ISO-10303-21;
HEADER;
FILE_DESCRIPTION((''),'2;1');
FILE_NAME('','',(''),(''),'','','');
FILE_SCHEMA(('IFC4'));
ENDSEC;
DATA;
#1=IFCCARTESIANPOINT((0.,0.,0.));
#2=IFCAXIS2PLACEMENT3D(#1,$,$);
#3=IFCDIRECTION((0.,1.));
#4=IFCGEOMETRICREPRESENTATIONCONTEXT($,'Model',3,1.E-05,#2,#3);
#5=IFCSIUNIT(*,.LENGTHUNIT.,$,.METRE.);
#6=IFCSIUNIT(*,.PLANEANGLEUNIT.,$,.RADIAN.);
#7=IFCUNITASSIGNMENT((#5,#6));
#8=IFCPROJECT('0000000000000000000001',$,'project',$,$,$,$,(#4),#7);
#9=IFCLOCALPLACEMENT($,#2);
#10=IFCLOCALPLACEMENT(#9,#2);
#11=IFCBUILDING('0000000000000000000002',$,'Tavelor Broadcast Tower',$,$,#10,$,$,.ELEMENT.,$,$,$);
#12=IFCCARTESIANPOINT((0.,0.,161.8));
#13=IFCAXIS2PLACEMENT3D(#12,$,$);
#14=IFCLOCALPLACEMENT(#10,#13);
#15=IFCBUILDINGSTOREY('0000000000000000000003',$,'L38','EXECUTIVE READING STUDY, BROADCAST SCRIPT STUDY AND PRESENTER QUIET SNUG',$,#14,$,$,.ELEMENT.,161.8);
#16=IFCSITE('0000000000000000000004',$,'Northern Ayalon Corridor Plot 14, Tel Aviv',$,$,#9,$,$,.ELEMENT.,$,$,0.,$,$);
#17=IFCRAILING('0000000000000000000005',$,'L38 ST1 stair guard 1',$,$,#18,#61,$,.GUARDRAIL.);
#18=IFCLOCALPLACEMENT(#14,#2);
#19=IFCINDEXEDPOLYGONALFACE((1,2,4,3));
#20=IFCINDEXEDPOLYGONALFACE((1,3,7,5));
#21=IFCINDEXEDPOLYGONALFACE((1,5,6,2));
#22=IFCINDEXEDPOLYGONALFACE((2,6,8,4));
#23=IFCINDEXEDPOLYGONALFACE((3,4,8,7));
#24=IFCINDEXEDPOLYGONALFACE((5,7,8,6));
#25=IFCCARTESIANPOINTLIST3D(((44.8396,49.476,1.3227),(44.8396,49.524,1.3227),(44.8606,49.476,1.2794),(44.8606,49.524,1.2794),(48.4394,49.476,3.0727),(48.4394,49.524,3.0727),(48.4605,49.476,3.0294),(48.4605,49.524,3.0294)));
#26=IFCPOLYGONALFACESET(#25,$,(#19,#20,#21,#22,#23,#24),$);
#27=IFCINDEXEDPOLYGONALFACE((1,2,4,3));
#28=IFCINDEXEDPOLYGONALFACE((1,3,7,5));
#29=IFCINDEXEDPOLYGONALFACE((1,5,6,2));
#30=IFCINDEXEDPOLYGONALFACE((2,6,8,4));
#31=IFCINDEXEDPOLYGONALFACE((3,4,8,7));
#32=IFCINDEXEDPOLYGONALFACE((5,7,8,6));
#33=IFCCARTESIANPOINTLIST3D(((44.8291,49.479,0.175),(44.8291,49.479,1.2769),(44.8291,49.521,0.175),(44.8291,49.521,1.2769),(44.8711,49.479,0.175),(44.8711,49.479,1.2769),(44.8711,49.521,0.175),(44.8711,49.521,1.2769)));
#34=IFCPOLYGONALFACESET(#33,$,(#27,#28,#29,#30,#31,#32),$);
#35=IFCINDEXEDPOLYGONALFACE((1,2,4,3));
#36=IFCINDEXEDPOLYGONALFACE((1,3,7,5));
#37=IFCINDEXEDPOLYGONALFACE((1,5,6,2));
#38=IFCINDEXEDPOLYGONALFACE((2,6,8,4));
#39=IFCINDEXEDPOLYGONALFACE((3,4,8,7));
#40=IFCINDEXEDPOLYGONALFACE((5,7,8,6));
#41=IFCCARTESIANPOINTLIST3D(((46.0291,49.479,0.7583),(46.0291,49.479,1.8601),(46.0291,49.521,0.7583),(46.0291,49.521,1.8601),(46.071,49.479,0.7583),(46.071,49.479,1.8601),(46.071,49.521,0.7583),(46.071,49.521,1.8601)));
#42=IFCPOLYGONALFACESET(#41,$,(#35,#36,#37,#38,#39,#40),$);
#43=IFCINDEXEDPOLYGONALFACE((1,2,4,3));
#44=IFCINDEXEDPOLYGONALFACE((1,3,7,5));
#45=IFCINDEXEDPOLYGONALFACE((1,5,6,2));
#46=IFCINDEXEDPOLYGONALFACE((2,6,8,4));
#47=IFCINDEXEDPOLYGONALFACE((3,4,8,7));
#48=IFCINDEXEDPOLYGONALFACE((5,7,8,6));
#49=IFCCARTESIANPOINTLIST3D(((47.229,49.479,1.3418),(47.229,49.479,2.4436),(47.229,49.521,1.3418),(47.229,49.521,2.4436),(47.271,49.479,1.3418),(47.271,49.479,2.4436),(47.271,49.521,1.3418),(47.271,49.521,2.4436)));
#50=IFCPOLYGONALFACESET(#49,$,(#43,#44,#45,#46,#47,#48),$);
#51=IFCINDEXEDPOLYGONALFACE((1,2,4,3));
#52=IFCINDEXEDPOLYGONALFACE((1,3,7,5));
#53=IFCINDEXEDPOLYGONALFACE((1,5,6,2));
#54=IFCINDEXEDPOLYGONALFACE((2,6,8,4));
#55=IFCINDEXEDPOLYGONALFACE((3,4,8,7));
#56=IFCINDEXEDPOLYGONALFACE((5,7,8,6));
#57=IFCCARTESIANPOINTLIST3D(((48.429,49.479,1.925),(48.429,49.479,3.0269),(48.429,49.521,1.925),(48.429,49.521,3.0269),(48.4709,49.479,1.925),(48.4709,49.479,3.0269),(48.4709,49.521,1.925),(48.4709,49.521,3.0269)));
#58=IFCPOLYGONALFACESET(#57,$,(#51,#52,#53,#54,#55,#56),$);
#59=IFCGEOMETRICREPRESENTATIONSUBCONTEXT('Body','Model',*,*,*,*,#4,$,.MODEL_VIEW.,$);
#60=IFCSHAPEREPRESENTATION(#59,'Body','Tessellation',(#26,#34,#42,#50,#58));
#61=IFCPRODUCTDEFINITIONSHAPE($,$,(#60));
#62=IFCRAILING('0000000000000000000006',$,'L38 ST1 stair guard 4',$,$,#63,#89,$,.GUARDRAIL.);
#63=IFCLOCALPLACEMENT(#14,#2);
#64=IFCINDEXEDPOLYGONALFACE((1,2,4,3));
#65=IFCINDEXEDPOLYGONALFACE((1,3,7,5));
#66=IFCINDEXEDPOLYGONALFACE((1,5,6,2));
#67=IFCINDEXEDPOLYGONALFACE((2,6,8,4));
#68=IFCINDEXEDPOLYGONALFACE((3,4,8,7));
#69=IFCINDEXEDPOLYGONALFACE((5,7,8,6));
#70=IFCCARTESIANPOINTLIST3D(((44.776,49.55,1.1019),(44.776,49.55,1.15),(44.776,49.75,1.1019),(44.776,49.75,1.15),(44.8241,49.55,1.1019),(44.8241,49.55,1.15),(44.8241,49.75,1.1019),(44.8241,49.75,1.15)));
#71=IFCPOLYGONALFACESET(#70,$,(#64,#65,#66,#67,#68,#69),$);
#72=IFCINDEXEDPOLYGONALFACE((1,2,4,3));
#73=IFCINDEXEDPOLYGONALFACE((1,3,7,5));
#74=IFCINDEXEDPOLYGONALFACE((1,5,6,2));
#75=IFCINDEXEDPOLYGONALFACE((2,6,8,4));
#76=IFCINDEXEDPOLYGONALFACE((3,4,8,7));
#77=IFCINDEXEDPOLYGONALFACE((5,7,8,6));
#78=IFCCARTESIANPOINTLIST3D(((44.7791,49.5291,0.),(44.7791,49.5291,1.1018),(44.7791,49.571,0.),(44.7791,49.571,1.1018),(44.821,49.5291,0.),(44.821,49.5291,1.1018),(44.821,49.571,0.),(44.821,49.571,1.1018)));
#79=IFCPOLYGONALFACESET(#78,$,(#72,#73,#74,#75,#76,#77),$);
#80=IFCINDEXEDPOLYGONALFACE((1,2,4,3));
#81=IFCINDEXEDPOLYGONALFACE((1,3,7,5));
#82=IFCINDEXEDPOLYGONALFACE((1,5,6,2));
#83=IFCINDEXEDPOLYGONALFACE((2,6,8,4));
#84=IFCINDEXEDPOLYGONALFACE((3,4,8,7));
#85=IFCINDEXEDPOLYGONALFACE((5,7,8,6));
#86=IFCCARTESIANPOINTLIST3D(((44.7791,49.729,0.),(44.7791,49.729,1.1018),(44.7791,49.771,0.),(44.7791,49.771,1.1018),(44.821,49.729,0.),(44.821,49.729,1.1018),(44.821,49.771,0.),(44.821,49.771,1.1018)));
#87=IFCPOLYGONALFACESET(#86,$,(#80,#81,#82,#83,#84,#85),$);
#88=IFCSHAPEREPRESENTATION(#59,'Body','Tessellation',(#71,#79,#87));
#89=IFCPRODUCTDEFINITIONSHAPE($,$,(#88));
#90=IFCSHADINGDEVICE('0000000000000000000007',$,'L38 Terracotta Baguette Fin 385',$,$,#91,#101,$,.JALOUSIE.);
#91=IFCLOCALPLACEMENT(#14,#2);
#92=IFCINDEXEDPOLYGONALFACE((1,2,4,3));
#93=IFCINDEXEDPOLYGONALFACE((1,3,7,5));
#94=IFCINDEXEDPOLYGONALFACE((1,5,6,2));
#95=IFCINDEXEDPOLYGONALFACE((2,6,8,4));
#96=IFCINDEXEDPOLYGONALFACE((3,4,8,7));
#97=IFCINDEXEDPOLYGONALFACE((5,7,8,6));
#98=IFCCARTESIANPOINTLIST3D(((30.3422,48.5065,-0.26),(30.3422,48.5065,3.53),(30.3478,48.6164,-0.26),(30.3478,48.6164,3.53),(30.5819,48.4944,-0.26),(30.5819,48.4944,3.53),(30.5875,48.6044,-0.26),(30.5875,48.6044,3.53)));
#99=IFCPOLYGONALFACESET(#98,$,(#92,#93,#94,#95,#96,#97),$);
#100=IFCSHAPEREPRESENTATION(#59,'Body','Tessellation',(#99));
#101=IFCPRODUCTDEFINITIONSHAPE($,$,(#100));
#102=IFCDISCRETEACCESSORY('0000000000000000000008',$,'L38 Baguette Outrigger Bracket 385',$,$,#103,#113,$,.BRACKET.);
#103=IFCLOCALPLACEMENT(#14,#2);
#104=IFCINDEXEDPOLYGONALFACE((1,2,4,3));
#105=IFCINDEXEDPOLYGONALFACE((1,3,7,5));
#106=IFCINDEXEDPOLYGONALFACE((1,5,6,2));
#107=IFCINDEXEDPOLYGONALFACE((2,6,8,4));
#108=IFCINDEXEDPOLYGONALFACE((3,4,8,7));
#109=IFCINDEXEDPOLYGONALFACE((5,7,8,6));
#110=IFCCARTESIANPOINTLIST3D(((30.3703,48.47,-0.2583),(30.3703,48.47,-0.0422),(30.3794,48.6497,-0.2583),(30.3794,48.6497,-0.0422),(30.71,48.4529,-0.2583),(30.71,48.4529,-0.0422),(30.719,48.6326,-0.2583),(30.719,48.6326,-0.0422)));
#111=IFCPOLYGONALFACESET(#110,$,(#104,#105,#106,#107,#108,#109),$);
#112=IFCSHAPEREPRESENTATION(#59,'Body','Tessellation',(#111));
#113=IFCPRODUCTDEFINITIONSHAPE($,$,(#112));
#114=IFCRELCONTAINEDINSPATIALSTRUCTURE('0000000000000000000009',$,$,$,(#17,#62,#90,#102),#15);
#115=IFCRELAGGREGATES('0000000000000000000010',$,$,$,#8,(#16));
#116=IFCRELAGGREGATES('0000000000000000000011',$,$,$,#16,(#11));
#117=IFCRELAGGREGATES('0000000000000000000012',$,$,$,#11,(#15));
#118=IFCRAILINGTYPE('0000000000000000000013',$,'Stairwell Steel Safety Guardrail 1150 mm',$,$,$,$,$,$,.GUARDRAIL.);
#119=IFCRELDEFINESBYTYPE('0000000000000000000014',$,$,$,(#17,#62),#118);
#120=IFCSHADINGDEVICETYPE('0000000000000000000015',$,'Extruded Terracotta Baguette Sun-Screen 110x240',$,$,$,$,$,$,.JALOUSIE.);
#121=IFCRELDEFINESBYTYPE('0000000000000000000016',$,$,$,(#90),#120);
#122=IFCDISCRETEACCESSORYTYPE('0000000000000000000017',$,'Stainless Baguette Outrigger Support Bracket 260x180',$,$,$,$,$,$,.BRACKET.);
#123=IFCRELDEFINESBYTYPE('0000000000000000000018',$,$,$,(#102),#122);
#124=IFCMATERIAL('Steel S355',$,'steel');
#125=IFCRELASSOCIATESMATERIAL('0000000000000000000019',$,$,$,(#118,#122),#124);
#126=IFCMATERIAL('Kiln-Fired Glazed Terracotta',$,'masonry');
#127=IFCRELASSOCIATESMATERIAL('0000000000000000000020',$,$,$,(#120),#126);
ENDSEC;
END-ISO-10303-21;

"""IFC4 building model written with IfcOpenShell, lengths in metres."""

from ifc_helpers import new_model, si_unit, direction, frame, origin, origin_2d, place, context, subcontext, project, spatial, rectangle, extrude, source, transform, mapped, material, type_object, type_shapes, element, save


model = new_model("IFC4")

# Units and contexts
model_context = context("Model", 3, precision=1e-05, world=origin(), true_north=direction((0.0, 1.0)))
body_context = subcontext(model_context, "Body", "Model", "MODEL_VIEW")
ifc_project = project(units=[si_unit("LENGTHUNIT", "METRE"), si_unit("PLANEANGLEUNIT", "RADIAN")], contexts=[model_context])

# Site, building, storey
site_placement = place(None, origin())
site = spatial("IfcSite", under=ifc_project, at=site_placement, Name="Northern Ayalon Corridor Plot 14, Tel Aviv", CompositionType="ELEMENT", RefElevation=0.0)
building_placement = place(site_placement, origin())
building = spatial("IfcBuilding", under=site, at=building_placement, Name="Tavelor Broadcast Tower", CompositionType="ELEMENT")
storey_placement = place(building_placement, frame((0.0, 0.0, 161.8)))
storey = spatial("IfcBuildingStorey", under=building, at=storey_placement, Name="L38", Description="EXECUTIVE READING STUDY, BROADCAST SCRIPT STUDY AND PRESENTER QUIET SNUG", CompositionType="ELEMENT", Elevation=161.8)

# Shared definitions
ifc_material_1 = material(Name="Steel S355", Category="steel")

# Railings
railing_type_1 = type_object("IfcRailingType", Name="Stairwell Steel Safety Guardrail 1150 mm", PredefinedType="GUARDRAIL", material=ifc_material_1)
railing_1_placement = place(storey_placement, frame((44.8501, 49.5, 0.175)))
element("IfcRailing", 1, at=railing_1_placement, inside=storey, type_object=railing_type_1, Name="L38 ST1 stair guard 1", PredefinedType="GUARDRAIL", context=body_context, shape_type="SweptSolid", body=[
    extrude(rectangle(XDim=0.0481, YDim=0.0481, at=origin_2d()), frame((0.0, 0.0, 1.126), z_axis=(0.899361, 0.0, 0.437207), x_axis=(0.0, 1.0, 0.0)), (0.0, 0.0, 1.0), 4.0027),
    extrude(rectangle(XDim=0.042, YDim=0.042, at=origin_2d()), origin(), (0.0, 0.0, 1.0), 1.1018),
    extrude(rectangle(XDim=0.042, YDim=0.042, at=origin_2d()), frame((1.2, 0.0, 0.5833)), (0.0, 0.0, 1.0), 1.1018),
    extrude(rectangle(XDim=0.042, YDim=0.042, at=origin_2d()), frame((2.3999, 0.0, 1.1667)), (0.0, 0.0, 1.0), 1.1018),
    extrude(rectangle(XDim=0.042, YDim=0.042, at=origin_2d()), frame((3.5999, 0.0, 1.75)), (0.0, 0.0, 1.0), 1.1018),
])
railing_2_placement = place(storey_placement, frame((44.8, 49.55, 0.0)))
element("IfcRailing", 2, at=railing_2_placement, inside=storey, type_object=railing_type_1, Name="L38 ST1 stair guard 4", PredefinedType="GUARDRAIL", context=body_context, shape_type="SweptSolid", body=[
    extrude(rectangle(XDim=0.0481, YDim=0.0481, at=origin_2d()), frame((0.0, 0.0, 1.126), z_axis=(0.0, 1.0, 0.0), x_axis=(-1.0, 0.0, 0.0)), (0.0, 0.0, 1.0), 0.2),
    extrude(rectangle(XDim=0.042, YDim=0.042, at=origin_2d()), origin(), (0.0, 0.0, 1.0), 1.1018),
    extrude(rectangle(XDim=0.042, YDim=0.042, at=origin_2d()), frame((0.0, 0.2, 0.0)), (0.0, 0.0, 1.0), 1.1018),
])

# Shading device
ifc_material_2 = material(Name="Kiln-Fired Glazed Terracotta", Category="masonry")
shading_device_type = type_object("IfcShadingDeviceType", Name="Extruded Terracotta Baguette Sun-Screen 110x240", PredefinedType="JALOUSIE", material=ifc_material_2)
shared_shape_1 = source(origin(), body_context, "Body", "SweptSolid", [
    extrude(rectangle(XDim=0.1101, YDim=0.24, at=origin_2d()), origin(), (0.0, 0.0, 1.0), 3.79),
])
type_shapes(shading_device_type, [shared_shape_1])
shading_device_placement = place(storey_placement, frame((30.4648, 48.5554, -0.26), z_axis=(0.0, 0.0, 1.0), x_axis=(-0.050244, -0.998737, 0.0)))
element("IfcShadingDevice", 3, at=shading_device_placement, inside=storey, type_object=shading_device_type, Name="L38 Terracotta Baguette Fin 385", PredefinedType="JALOUSIE", context=body_context, shape_type="MappedRepresentation", body=[
    mapped(shared_shape_1, transform((0.0, 0.0, 0.0), scale=1.0)),
])

# Discrete accessory
discrete_accessory_type = type_object("IfcDiscreteAccessoryType", Name="Stainless Baguette Outrigger Support Bracket 260x180", PredefinedType="BRACKET", material=ifc_material_1)
shared_shape_2 = source(origin(), body_context, "Body", "SweptSolid", [
    extrude(rectangle(XDim=0.1799, YDim=0.3401, at=origin_2d()), origin(), (0.0, 0.0, 1.0), 0.2161),
])
type_shapes(discrete_accessory_type, [shared_shape_2])
discrete_accessory_placement = place(storey_placement, frame((30.5447, 48.5513, -0.2583), z_axis=(0.0, 0.0, 1.0), x_axis=(-0.050244, -0.998737, 0.0)))
element("IfcDiscreteAccessory", 4, at=discrete_accessory_placement, inside=storey, type_object=discrete_accessory_type, Name="L38 Baguette Outrigger Bracket 385", PredefinedType="BRACKET", context=body_context, shape_type="MappedRepresentation", body=[
    mapped(shared_shape_2, transform((0.0, 0.0, 0.0), scale=1.0)),
])

save(model, "model.ifc")
